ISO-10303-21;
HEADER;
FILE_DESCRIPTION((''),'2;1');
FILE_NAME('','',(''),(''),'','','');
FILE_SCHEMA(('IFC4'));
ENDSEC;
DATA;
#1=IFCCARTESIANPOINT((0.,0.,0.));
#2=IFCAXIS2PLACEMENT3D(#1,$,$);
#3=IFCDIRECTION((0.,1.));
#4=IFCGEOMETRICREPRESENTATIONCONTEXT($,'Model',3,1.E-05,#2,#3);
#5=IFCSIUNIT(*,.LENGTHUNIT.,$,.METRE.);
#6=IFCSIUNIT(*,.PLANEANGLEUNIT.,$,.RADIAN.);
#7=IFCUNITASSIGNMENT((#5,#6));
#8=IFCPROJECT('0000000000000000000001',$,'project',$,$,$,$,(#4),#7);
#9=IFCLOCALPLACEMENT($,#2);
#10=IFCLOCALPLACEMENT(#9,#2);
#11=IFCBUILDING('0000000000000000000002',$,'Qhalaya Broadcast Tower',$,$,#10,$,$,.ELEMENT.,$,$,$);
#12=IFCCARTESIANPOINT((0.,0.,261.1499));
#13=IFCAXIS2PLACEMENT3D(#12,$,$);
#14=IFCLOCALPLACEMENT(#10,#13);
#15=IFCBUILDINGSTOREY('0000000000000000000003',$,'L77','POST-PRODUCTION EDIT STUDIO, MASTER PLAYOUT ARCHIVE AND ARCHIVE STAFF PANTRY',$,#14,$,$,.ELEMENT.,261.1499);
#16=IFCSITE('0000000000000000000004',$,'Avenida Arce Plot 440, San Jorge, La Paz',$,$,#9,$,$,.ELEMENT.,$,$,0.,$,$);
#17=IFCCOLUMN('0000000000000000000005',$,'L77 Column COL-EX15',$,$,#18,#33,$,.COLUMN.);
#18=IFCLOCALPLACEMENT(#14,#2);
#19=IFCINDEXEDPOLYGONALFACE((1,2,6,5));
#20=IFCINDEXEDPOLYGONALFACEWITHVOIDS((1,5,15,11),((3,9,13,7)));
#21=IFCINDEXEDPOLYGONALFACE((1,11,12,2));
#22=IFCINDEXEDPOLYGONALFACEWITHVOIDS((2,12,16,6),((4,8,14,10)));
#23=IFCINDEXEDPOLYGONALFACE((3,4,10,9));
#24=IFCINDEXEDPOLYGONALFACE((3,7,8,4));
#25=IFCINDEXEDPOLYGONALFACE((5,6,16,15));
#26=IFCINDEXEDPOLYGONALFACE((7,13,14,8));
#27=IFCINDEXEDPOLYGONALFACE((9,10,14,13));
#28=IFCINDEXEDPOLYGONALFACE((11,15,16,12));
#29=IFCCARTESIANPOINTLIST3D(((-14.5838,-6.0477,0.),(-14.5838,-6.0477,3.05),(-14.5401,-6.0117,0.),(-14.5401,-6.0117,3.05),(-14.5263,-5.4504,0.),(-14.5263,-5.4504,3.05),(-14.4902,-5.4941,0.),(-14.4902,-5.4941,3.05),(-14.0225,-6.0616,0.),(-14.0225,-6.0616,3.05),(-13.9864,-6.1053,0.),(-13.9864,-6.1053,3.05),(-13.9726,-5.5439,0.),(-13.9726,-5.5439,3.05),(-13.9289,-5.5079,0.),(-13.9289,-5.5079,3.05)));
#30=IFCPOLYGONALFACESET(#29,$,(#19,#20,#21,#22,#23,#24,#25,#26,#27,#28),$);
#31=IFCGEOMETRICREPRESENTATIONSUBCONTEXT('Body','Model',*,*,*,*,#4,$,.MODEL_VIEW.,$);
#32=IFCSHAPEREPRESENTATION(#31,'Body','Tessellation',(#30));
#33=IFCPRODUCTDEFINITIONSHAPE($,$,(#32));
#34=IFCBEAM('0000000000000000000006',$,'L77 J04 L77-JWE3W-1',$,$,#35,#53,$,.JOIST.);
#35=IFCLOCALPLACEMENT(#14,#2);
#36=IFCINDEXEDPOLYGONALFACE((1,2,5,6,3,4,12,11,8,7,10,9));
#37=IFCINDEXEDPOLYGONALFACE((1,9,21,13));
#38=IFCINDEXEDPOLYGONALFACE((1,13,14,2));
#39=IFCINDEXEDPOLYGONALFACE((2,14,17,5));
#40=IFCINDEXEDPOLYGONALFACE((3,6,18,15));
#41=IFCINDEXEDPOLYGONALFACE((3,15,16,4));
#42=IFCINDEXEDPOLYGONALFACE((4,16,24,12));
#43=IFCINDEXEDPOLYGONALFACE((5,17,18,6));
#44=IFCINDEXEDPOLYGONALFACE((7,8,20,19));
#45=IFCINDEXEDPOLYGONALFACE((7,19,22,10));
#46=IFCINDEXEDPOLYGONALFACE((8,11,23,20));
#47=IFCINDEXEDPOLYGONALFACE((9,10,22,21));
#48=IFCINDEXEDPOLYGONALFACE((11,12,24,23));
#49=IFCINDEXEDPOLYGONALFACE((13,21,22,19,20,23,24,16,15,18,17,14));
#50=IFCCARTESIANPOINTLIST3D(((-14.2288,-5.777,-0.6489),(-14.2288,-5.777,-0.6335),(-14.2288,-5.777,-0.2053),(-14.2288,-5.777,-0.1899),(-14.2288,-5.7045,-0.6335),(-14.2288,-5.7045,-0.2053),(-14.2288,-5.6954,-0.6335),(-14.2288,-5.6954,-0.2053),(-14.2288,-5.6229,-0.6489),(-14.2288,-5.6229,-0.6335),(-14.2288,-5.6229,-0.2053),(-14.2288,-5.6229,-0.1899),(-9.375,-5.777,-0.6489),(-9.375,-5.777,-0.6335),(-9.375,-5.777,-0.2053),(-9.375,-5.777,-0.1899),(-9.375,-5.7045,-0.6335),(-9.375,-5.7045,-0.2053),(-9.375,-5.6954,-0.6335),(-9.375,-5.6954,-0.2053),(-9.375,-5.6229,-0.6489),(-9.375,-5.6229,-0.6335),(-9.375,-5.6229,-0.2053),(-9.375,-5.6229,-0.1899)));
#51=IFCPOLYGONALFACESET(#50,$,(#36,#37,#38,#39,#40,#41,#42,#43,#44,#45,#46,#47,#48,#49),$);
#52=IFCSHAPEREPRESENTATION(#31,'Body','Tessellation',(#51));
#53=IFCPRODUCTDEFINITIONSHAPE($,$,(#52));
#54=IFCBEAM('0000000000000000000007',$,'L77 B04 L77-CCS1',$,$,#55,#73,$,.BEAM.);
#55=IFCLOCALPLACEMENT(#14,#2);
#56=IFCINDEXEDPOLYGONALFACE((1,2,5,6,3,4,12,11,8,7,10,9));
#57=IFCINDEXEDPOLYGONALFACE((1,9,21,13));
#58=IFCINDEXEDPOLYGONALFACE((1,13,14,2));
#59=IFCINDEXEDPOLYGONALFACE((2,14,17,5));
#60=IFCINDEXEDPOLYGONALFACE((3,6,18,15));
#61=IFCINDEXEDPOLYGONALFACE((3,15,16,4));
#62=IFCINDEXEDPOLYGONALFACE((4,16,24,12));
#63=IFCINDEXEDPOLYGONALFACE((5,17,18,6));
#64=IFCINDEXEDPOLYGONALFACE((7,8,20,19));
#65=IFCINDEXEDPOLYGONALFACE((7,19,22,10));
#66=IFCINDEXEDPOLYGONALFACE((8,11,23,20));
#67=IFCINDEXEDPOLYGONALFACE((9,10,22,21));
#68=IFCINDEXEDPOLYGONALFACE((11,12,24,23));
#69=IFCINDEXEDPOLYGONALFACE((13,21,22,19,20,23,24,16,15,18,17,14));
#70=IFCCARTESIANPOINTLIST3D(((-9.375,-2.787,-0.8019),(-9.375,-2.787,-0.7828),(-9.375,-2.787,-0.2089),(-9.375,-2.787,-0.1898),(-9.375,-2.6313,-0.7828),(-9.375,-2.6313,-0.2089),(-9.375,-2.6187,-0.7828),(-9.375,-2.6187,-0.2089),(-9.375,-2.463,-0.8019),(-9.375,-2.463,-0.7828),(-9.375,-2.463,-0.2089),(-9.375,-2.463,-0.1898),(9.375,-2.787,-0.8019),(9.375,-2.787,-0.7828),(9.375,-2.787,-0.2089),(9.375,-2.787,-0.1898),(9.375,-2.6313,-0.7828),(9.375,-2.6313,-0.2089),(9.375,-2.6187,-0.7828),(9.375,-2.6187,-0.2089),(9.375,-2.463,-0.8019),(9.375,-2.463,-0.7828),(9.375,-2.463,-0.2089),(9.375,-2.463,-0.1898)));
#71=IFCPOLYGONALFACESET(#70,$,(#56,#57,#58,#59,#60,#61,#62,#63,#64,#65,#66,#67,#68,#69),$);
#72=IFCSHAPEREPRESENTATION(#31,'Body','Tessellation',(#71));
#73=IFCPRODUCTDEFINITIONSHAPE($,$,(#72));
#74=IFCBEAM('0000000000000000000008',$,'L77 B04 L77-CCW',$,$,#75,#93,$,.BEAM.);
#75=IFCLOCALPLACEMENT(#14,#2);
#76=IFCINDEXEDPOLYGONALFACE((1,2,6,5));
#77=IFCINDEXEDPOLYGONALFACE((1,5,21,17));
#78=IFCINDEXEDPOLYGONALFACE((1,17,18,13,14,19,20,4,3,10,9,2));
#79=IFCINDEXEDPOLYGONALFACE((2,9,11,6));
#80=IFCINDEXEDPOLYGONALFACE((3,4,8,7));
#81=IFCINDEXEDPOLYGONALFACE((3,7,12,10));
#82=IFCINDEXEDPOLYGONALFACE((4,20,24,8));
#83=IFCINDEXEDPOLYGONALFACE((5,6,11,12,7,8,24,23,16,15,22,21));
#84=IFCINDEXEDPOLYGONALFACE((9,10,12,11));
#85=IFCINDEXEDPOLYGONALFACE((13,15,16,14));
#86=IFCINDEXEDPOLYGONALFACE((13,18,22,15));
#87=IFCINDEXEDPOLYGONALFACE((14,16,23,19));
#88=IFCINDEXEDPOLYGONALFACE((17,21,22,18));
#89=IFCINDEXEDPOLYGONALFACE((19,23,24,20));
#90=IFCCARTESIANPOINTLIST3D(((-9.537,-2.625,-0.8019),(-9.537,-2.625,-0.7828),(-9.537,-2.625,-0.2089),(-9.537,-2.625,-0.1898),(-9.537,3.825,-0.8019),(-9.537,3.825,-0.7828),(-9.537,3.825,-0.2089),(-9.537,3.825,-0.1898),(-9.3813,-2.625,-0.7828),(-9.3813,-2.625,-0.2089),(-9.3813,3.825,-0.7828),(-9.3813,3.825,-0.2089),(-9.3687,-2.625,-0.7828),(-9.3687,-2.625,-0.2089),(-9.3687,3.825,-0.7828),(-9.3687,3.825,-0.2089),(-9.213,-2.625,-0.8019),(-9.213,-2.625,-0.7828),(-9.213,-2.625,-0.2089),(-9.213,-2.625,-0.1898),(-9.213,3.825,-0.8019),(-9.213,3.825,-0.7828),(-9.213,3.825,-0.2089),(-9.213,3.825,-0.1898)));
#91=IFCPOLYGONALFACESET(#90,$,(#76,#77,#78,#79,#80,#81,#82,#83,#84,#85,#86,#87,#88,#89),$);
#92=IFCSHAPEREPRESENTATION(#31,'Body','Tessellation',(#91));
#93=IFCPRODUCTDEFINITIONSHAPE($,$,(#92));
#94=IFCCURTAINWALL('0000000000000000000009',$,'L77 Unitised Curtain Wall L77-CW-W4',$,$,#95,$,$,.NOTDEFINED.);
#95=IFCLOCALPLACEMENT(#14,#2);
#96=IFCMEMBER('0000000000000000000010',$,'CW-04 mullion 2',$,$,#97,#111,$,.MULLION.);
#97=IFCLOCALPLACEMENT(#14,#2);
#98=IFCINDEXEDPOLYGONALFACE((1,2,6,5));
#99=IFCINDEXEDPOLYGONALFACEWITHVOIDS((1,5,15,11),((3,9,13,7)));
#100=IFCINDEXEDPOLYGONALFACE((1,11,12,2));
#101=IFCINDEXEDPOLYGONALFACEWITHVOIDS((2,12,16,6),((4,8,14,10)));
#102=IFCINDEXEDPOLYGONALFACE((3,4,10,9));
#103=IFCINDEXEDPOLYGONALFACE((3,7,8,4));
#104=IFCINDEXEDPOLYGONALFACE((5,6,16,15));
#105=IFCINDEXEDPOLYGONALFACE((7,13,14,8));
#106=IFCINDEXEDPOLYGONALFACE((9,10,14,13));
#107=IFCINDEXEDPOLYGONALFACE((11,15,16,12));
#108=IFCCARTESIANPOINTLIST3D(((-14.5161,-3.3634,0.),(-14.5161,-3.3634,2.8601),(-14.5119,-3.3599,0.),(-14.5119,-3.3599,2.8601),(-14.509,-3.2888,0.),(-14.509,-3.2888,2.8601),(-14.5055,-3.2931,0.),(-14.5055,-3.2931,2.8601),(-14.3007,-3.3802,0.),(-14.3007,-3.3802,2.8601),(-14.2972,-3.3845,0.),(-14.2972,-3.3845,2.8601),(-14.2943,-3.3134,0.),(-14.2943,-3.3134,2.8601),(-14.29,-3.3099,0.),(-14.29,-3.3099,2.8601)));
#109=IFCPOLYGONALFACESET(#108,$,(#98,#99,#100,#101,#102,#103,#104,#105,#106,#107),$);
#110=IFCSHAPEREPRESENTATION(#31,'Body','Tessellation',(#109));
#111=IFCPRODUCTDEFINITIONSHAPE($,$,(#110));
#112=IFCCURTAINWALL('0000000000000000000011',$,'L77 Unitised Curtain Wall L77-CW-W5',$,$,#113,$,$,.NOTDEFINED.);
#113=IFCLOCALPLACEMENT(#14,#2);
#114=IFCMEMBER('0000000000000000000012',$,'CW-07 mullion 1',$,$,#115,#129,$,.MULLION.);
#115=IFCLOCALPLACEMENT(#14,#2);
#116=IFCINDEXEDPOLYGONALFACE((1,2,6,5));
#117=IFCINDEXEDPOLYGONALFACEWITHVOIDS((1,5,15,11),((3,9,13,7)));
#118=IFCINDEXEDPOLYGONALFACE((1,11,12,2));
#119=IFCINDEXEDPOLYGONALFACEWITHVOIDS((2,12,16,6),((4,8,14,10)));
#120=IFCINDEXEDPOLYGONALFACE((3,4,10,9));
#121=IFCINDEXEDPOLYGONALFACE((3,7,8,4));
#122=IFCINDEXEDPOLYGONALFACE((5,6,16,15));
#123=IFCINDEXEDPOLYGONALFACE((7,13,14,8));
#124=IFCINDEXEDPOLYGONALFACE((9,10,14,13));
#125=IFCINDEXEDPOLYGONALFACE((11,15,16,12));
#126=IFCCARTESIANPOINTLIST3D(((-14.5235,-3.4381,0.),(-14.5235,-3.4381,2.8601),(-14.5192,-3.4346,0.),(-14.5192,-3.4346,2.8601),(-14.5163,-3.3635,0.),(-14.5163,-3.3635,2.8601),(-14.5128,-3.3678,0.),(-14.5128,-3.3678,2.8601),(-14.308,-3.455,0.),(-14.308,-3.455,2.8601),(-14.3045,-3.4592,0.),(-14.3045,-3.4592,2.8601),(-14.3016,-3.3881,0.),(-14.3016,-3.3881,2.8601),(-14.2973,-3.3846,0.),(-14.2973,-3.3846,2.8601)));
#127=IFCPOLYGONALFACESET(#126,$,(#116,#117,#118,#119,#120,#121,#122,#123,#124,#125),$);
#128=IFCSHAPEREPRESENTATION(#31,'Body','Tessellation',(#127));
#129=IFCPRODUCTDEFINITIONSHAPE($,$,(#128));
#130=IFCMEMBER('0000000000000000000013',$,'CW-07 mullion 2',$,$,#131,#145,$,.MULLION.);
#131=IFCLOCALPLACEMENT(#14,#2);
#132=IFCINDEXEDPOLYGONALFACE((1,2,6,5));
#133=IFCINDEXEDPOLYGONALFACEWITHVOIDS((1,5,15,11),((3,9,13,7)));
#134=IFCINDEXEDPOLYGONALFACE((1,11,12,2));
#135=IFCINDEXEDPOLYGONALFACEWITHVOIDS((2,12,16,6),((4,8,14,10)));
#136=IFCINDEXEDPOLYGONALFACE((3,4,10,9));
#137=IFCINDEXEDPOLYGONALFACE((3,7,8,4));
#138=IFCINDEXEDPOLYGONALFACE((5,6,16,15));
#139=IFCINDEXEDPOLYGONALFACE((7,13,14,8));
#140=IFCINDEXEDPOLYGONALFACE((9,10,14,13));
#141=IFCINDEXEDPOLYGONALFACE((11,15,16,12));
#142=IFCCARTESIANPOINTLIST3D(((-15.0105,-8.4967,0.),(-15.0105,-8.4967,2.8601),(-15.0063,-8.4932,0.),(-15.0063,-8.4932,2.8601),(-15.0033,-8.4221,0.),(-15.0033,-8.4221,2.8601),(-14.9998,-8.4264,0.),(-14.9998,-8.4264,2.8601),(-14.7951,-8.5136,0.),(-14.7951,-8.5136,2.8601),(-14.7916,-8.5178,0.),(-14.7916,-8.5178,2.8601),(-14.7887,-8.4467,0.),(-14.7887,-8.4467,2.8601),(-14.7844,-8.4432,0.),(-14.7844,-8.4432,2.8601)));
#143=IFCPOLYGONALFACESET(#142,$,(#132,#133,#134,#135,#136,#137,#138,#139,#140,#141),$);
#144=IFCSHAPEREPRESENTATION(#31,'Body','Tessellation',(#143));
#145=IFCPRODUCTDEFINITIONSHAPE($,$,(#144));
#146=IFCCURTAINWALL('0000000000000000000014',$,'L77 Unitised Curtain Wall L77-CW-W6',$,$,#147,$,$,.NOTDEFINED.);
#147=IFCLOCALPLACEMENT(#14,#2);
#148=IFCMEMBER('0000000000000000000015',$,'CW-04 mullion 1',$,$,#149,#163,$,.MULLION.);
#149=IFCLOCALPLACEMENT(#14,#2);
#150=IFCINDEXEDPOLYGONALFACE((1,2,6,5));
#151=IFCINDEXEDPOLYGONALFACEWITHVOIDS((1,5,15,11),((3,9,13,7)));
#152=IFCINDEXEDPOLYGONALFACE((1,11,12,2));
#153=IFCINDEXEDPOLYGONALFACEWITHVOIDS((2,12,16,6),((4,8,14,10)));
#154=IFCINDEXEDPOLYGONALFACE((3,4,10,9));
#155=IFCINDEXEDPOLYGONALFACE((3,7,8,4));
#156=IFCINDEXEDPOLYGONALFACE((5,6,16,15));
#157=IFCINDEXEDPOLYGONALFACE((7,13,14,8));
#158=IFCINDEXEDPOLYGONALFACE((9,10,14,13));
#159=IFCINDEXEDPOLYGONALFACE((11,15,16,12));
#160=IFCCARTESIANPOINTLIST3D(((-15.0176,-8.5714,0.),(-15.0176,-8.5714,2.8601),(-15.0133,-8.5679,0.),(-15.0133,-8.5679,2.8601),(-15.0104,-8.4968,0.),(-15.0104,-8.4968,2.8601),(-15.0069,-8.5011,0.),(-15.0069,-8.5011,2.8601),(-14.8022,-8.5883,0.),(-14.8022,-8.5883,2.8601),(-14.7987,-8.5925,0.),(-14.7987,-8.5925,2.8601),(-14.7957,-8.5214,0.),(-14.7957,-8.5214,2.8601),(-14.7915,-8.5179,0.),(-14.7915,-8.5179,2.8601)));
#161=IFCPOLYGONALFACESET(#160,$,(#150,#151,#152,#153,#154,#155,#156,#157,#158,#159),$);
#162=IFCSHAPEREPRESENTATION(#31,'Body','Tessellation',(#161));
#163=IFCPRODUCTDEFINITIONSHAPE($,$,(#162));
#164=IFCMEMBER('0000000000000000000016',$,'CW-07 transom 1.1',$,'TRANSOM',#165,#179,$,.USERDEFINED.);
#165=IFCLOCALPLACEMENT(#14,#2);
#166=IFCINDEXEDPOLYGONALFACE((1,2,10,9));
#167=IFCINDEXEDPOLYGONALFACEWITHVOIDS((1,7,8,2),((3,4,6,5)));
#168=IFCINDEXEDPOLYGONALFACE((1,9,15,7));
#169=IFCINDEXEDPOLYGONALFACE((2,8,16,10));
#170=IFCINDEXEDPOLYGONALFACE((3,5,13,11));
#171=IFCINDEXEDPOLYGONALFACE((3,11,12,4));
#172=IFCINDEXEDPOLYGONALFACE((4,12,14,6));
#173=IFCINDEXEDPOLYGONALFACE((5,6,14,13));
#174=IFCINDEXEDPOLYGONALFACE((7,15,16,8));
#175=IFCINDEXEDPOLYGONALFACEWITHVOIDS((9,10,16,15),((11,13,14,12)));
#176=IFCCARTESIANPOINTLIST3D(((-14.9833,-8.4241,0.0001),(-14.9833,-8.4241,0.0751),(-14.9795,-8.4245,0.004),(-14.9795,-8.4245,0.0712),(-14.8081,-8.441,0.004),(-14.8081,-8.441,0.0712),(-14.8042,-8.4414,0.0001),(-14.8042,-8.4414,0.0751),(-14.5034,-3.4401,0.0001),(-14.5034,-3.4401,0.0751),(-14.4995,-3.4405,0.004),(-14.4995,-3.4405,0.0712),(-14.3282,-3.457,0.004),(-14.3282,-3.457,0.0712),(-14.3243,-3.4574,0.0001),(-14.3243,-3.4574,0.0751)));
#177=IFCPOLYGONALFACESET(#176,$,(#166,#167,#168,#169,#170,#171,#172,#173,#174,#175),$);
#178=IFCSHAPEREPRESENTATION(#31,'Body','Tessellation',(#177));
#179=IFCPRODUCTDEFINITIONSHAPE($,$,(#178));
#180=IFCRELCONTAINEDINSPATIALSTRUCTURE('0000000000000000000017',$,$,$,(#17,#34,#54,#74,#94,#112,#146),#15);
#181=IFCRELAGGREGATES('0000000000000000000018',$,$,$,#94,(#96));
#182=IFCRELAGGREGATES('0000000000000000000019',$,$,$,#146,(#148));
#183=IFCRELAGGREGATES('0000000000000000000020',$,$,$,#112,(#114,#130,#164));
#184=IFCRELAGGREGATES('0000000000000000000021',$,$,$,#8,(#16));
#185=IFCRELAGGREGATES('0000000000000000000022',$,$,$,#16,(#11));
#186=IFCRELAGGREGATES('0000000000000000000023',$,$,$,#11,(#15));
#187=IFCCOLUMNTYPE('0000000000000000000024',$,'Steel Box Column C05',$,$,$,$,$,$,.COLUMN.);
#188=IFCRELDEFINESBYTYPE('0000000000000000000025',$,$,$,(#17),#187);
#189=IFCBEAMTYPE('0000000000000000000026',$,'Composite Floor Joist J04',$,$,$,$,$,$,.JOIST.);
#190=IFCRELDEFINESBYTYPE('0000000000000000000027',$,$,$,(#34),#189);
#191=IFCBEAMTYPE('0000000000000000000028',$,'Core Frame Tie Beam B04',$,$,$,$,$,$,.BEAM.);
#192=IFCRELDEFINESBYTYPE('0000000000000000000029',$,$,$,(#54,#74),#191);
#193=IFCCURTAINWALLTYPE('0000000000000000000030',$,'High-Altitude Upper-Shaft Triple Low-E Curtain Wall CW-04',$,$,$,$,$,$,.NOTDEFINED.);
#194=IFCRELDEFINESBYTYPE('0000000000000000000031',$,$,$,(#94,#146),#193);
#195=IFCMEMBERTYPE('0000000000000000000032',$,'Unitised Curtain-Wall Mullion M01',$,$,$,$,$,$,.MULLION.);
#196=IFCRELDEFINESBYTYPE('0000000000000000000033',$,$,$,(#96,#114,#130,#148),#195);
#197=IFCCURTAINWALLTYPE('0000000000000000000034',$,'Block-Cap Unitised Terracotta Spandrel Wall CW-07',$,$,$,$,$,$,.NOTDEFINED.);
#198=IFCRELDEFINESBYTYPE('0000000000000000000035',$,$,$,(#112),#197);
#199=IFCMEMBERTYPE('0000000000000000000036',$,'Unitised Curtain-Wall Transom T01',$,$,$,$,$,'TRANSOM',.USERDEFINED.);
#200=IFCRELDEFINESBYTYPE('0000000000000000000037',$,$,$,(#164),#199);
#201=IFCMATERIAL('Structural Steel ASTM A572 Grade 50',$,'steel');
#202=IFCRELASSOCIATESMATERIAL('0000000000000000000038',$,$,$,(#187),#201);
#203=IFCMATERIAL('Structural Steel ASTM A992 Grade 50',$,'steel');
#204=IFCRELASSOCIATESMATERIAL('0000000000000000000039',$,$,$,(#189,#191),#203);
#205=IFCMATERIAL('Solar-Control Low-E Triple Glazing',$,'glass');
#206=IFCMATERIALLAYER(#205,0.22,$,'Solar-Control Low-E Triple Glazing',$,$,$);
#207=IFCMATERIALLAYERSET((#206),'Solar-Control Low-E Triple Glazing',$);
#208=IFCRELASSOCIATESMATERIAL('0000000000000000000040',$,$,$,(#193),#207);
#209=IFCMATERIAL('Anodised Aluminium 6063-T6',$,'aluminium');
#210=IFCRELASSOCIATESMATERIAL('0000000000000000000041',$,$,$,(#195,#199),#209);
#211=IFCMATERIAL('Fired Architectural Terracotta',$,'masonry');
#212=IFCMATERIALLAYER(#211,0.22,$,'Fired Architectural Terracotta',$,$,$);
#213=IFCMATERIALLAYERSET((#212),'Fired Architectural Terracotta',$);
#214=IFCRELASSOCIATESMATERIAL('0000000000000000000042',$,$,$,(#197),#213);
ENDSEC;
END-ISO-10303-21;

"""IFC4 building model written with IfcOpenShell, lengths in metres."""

from ifc_helpers import new_model, si_unit, direction, frame, origin, origin_2d, place, context, subcontext, project, spatial, hollow_rectangle, i_section, extrude, material, layer, layer_set, material_profile, profile_set, type_object, element, aggregate, save


model = new_model("IFC4")

# Units and contexts
model_context = context("Model", 3, precision=1e-05, world=origin(), true_north=direction((0.0, 1.0)))
body_context = subcontext(model_context, "Body", "Model", "MODEL_VIEW")
ifc_project = project(units=[si_unit("LENGTHUNIT", "METRE"), si_unit("PLANEANGLEUNIT", "RADIAN")], contexts=[model_context])

# Site, building, storey
site_placement = place(None, origin())
site = spatial("IfcSite", under=ifc_project, at=site_placement, Name="Avenida Arce Plot 440, San Jorge, La Paz", CompositionType="ELEMENT", RefElevation=0.0)
building_placement = place(site_placement, origin())
building = spatial("IfcBuilding", under=site, at=building_placement, Name="Qhalaya Broadcast Tower", CompositionType="ELEMENT")
storey_placement = place(building_placement, frame((0.0, 0.0, 261.1499)))
storey = spatial("IfcBuildingStorey", under=building, at=storey_placement, Name="L77", Description="POST-PRODUCTION EDIT STUDIO, MASTER PLAYOUT ARCHIVE AND ARCHIVE STAFF PANTRY", CompositionType="ELEMENT", Elevation=261.1499)

# Column
ifc_material_1 = material(Name="Structural Steel ASTM A572 Grade 50", Category="steel")
ifc_material_profile_1 = material_profile(ifc_material_1, hollow_rectangle(XDim=0.6001, YDim=0.6001, WallThickness=0.04, at=origin_2d()), Name="BOX 600x600x40")
ifc_profile_set_1 = profile_set([ifc_material_profile_1], Name="Structural Steel ASTM A572 Grade 50")
column_type = type_object("IfcColumnType", Name="Steel Box Column C05", PredefinedType="COLUMN", material=ifc_profile_set_1)
column_placement = place(storey_placement, frame((-14.2563, -5.7778, 0.0), z_axis=(0.0, 0.0, 1.0), x_axis=(0.095846, 0.995396, 0.0)))
element("IfcColumn", 1, at=column_placement, inside=storey, type_object=column_type, Name="L77 Column COL-EX15", PredefinedType="COLUMN", context=body_context, shape_type="SweptSolid", body=[
    extrude(hollow_rectangle(XDim=0.6001, YDim=0.6001, WallThickness=0.04, at=origin_2d()), origin(), (0.0, 0.0, 1.0), 3.05),
])

# Beams
ifc_material_2 = material(Name="Structural Steel ASTM A992 Grade 50", Category="steel")
ifc_material_profile_2 = material_profile(ifc_material_2, i_section(OverallWidth=0.1541, OverallDepth=0.459, WebThickness=0.009, FlangeThickness=0.0154, at=origin_2d()), Name="W18X46")
ifc_profile_set_2 = profile_set([ifc_material_profile_2], Name="Structural Steel ASTM A992 Grade 50")
beam_type_1 = type_object("IfcBeamType", Name="Composite Floor Joist J04", PredefinedType="JOIST", material=ifc_profile_set_2)
beam_1_placement = place(storey_placement, frame((-14.2288, -5.7, -0.4194), z_axis=(1.0, 0.0, 0.0), x_axis=(0.0, 1.0, 0.0)))
element("IfcBeam", 2, at=beam_1_placement, inside=storey, type_object=beam_type_1, Name="L77 J04 L77-JWE3W-1", PredefinedType="JOIST", context=body_context, shape_type="SweptSolid", body=[
    extrude(i_section(OverallWidth=0.1541, OverallDepth=0.459, WebThickness=0.009, FlangeThickness=0.0154, at=origin_2d()), origin(), (0.0, 0.0, 1.0), 4.8538),
])
ifc_material_profile_3 = material_profile(ifc_material_2, i_section(OverallWidth=0.324, OverallDepth=0.6121, WebThickness=0.0127, FlangeThickness=0.019, at=origin_2d()), Name="W24X104")
ifc_profile_set_3 = profile_set([ifc_material_profile_3], Name="Structural Steel ASTM A992 Grade 50")
beam_type_2 = type_object("IfcBeamType", Name="Core Frame Tie Beam B04", PredefinedType="BEAM", material=ifc_profile_set_3)
beam_2_placement = place(storey_placement, frame((-9.375, -2.625, -0.4958), z_axis=(1.0, 0.0, 0.0), x_axis=(0.0, 1.0, 0.0)))
element("IfcBeam", 3, at=beam_2_placement, inside=storey, type_object=beam_type_2, Name="L77 B04 L77-CCS1", PredefinedType="BEAM", context=body_context, shape_type="SweptSolid", body=[
    extrude(i_section(OverallWidth=0.324, OverallDepth=0.6121, WebThickness=0.0127, FlangeThickness=0.019, at=origin_2d()), origin(), (0.0, 0.0, 1.0), 18.75),
])
beam_3_placement = place(storey_placement, frame((-9.375, -2.625, -0.4958), z_axis=(0.0, 1.0, 0.0), x_axis=(-1.0, 0.0, 0.0)))
element("IfcBeam", 4, at=beam_3_placement, inside=storey, type_object=beam_type_2, Name="L77 B04 L77-CCW", PredefinedType="BEAM", context=body_context, shape_type="SweptSolid", body=[
    extrude(i_section(OverallWidth=0.324, OverallDepth=0.6121, WebThickness=0.0127, FlangeThickness=0.019, at=origin_2d()), origin(), (0.0, 0.0, 1.0), 6.45),
])

# Curtain wall, member
ifc_material_3 = material(Name="Solar-Control Low-E Triple Glazing", Category="glass")
ifc_layer_1 = layer(ifc_material_3, 0.22, Name="Solar-Control Low-E Triple Glazing")
ifc_layer_set_1 = layer_set([ifc_layer_1], Name="Solar-Control Low-E Triple Glazing")
curtain_wall_type_1 = type_object("IfcCurtainWallType", Name="High-Altitude Upper-Shaft Triple Low-E Curtain Wall CW-04", PredefinedType="NOTDEFINED", material=ifc_layer_set_1)
curtain_wall_1_placement = place(storey_placement, origin())
curtain_wall_1 = element("IfcCurtainWall", 5, at=curtain_wall_1_placement, inside=storey, type_object=curtain_wall_type_1, Name="L77 Unitised Curtain Wall L77-CW-W4", PredefinedType="NOTDEFINED")
ifc_material_4 = material(Name="Anodised Aluminium 6063-T6", Category="aluminium")
ifc_material_profile_4 = material_profile(ifc_material_4, hollow_rectangle(XDim=0.075, YDim=0.22, WallThickness=0.0039, at=origin_2d()), Name="ALU-MUL 75x220x4")
ifc_profile_set_4 = profile_set([ifc_material_profile_4], Name="Anodised Aluminium 6063-T6")
member_type_1 = type_object("IfcMemberType", Name="Unitised Curtain-Wall Mullion M01", PredefinedType="MULLION", material=ifc_profile_set_4)
member_1_placement = place(storey_placement, frame((-14.4031, -3.3367, 0.0), z_axis=(0.0, 0.0, 1.0), x_axis=(-0.09582, -0.995399, 0.0)))
member_1 = element("IfcMember", 6, at=member_1_placement, type_object=member_type_1, Name="CW-04 mullion 2", PredefinedType="MULLION", context=body_context, shape_type="SweptSolid", body=[
    extrude(hollow_rectangle(XDim=0.075, YDim=0.22, WallThickness=0.0039, at=origin_2d()), origin(), (0.0, 0.0, 1.0), 2.8601),
])
aggregate(curtain_wall_1, [member_1])

# Curtain wall, members
ifc_material_5 = material(Name="Fired Architectural Terracotta", Category="masonry")
ifc_layer_2 = layer(ifc_material_5, 0.22, Name="Fired Architectural Terracotta")
ifc_layer_set_2 = layer_set([ifc_layer_2], Name="Fired Architectural Terracotta")
curtain_wall_type_2 = type_object("IfcCurtainWallType", Name="Block-Cap Unitised Terracotta Spandrel Wall CW-07", PredefinedType="NOTDEFINED", material=ifc_layer_set_2)
curtain_wall_2_placement = place(storey_placement, origin())
curtain_wall_2 = element("IfcCurtainWall", 7, at=curtain_wall_2_placement, inside=storey, type_object=curtain_wall_type_2, Name="L77 Unitised Curtain Wall L77-CW-W5", PredefinedType="NOTDEFINED")
member_2_placement = place(storey_placement, frame((-14.4104, -3.4114, 0.0), z_axis=(0.0, 0.0, 1.0), x_axis=(-0.095849, -0.995396, 0.0)))
member_2 = element("IfcMember", 8, at=member_2_placement, type_object=member_type_1, Name="CW-07 mullion 1", PredefinedType="MULLION", context=body_context, shape_type="SweptSolid", body=[
    extrude(hollow_rectangle(XDim=0.075, YDim=0.22, WallThickness=0.0039, at=origin_2d()), origin(), (0.0, 0.0, 1.0), 2.8601),
])
member_3_placement = place(storey_placement, frame((-14.8975, -8.47, 0.0), z_axis=(0.0, 0.0, 1.0), x_axis=(-0.095849, -0.995396, 0.0)))
member_3 = element("IfcMember", 9, at=member_3_placement, type_object=member_type_1, Name="CW-07 mullion 2", PredefinedType="MULLION", context=body_context, shape_type="SweptSolid", body=[
    extrude(hollow_rectangle(XDim=0.075, YDim=0.22, WallThickness=0.0039, at=origin_2d()), origin(), (0.0, 0.0, 1.0), 2.8601),
])

# Curtain wall, member
curtain_wall_3_placement = place(storey_placement, origin())
curtain_wall_3 = element("IfcCurtainWall", 10, at=curtain_wall_3_placement, inside=storey, type_object=curtain_wall_type_1, Name="L77 Unitised Curtain Wall L77-CW-W6", PredefinedType="NOTDEFINED")
member_4_placement = place(storey_placement, frame((-14.9045, -8.5447, 0.0), z_axis=(0.0, 0.0, 1.0), x_axis=(-0.095855, -0.995395, 0.0)))
member_4 = element("IfcMember", 11, at=member_4_placement, type_object=member_type_1, Name="CW-04 mullion 1", PredefinedType="MULLION", context=body_context, shape_type="SweptSolid", body=[
    extrude(hollow_rectangle(XDim=0.075, YDim=0.22, WallThickness=0.0039, at=origin_2d()), origin(), (0.0, 0.0, 1.0), 2.8601),
])

# Member
ifc_material_profile_5 = material_profile(ifc_material_4, hollow_rectangle(XDim=0.075, YDim=0.1799, WallThickness=0.0039, at=origin_2d()), Name="ALU-TRN 75x180x4")
ifc_profile_set_5 = profile_set([ifc_material_profile_5], Name="Anodised Aluminium 6063-T6")
member_type_2 = type_object("IfcMemberType", Name="Unitised Curtain-Wall Transom T01", ElementType="TRANSOM", PredefinedType="USERDEFINED", material=ifc_profile_set_5)
member_5_placement = place(storey_placement, frame((-14.4138, -3.4487, 0.0376), z_axis=(-0.095858, -0.995395, 0.0), x_axis=(0.0, 0.0, 1.0)))
member_5 = element("IfcMember", 12, at=member_5_placement, type_object=member_type_2, Name="CW-07 transom 1.1", ObjectType="TRANSOM", PredefinedType="USERDEFINED", context=body_context, shape_type="SweptSolid", body=[
    extrude(hollow_rectangle(XDim=0.075, YDim=0.1799, WallThickness=0.0039, at=origin_2d()), origin(), (0.0, 0.0, 1.0), 5.0071),
])
aggregate(curtain_wall_3, [member_4])

aggregate(curtain_wall_2, [member_2, member_3, member_5])

save(model, "model.ifc")
